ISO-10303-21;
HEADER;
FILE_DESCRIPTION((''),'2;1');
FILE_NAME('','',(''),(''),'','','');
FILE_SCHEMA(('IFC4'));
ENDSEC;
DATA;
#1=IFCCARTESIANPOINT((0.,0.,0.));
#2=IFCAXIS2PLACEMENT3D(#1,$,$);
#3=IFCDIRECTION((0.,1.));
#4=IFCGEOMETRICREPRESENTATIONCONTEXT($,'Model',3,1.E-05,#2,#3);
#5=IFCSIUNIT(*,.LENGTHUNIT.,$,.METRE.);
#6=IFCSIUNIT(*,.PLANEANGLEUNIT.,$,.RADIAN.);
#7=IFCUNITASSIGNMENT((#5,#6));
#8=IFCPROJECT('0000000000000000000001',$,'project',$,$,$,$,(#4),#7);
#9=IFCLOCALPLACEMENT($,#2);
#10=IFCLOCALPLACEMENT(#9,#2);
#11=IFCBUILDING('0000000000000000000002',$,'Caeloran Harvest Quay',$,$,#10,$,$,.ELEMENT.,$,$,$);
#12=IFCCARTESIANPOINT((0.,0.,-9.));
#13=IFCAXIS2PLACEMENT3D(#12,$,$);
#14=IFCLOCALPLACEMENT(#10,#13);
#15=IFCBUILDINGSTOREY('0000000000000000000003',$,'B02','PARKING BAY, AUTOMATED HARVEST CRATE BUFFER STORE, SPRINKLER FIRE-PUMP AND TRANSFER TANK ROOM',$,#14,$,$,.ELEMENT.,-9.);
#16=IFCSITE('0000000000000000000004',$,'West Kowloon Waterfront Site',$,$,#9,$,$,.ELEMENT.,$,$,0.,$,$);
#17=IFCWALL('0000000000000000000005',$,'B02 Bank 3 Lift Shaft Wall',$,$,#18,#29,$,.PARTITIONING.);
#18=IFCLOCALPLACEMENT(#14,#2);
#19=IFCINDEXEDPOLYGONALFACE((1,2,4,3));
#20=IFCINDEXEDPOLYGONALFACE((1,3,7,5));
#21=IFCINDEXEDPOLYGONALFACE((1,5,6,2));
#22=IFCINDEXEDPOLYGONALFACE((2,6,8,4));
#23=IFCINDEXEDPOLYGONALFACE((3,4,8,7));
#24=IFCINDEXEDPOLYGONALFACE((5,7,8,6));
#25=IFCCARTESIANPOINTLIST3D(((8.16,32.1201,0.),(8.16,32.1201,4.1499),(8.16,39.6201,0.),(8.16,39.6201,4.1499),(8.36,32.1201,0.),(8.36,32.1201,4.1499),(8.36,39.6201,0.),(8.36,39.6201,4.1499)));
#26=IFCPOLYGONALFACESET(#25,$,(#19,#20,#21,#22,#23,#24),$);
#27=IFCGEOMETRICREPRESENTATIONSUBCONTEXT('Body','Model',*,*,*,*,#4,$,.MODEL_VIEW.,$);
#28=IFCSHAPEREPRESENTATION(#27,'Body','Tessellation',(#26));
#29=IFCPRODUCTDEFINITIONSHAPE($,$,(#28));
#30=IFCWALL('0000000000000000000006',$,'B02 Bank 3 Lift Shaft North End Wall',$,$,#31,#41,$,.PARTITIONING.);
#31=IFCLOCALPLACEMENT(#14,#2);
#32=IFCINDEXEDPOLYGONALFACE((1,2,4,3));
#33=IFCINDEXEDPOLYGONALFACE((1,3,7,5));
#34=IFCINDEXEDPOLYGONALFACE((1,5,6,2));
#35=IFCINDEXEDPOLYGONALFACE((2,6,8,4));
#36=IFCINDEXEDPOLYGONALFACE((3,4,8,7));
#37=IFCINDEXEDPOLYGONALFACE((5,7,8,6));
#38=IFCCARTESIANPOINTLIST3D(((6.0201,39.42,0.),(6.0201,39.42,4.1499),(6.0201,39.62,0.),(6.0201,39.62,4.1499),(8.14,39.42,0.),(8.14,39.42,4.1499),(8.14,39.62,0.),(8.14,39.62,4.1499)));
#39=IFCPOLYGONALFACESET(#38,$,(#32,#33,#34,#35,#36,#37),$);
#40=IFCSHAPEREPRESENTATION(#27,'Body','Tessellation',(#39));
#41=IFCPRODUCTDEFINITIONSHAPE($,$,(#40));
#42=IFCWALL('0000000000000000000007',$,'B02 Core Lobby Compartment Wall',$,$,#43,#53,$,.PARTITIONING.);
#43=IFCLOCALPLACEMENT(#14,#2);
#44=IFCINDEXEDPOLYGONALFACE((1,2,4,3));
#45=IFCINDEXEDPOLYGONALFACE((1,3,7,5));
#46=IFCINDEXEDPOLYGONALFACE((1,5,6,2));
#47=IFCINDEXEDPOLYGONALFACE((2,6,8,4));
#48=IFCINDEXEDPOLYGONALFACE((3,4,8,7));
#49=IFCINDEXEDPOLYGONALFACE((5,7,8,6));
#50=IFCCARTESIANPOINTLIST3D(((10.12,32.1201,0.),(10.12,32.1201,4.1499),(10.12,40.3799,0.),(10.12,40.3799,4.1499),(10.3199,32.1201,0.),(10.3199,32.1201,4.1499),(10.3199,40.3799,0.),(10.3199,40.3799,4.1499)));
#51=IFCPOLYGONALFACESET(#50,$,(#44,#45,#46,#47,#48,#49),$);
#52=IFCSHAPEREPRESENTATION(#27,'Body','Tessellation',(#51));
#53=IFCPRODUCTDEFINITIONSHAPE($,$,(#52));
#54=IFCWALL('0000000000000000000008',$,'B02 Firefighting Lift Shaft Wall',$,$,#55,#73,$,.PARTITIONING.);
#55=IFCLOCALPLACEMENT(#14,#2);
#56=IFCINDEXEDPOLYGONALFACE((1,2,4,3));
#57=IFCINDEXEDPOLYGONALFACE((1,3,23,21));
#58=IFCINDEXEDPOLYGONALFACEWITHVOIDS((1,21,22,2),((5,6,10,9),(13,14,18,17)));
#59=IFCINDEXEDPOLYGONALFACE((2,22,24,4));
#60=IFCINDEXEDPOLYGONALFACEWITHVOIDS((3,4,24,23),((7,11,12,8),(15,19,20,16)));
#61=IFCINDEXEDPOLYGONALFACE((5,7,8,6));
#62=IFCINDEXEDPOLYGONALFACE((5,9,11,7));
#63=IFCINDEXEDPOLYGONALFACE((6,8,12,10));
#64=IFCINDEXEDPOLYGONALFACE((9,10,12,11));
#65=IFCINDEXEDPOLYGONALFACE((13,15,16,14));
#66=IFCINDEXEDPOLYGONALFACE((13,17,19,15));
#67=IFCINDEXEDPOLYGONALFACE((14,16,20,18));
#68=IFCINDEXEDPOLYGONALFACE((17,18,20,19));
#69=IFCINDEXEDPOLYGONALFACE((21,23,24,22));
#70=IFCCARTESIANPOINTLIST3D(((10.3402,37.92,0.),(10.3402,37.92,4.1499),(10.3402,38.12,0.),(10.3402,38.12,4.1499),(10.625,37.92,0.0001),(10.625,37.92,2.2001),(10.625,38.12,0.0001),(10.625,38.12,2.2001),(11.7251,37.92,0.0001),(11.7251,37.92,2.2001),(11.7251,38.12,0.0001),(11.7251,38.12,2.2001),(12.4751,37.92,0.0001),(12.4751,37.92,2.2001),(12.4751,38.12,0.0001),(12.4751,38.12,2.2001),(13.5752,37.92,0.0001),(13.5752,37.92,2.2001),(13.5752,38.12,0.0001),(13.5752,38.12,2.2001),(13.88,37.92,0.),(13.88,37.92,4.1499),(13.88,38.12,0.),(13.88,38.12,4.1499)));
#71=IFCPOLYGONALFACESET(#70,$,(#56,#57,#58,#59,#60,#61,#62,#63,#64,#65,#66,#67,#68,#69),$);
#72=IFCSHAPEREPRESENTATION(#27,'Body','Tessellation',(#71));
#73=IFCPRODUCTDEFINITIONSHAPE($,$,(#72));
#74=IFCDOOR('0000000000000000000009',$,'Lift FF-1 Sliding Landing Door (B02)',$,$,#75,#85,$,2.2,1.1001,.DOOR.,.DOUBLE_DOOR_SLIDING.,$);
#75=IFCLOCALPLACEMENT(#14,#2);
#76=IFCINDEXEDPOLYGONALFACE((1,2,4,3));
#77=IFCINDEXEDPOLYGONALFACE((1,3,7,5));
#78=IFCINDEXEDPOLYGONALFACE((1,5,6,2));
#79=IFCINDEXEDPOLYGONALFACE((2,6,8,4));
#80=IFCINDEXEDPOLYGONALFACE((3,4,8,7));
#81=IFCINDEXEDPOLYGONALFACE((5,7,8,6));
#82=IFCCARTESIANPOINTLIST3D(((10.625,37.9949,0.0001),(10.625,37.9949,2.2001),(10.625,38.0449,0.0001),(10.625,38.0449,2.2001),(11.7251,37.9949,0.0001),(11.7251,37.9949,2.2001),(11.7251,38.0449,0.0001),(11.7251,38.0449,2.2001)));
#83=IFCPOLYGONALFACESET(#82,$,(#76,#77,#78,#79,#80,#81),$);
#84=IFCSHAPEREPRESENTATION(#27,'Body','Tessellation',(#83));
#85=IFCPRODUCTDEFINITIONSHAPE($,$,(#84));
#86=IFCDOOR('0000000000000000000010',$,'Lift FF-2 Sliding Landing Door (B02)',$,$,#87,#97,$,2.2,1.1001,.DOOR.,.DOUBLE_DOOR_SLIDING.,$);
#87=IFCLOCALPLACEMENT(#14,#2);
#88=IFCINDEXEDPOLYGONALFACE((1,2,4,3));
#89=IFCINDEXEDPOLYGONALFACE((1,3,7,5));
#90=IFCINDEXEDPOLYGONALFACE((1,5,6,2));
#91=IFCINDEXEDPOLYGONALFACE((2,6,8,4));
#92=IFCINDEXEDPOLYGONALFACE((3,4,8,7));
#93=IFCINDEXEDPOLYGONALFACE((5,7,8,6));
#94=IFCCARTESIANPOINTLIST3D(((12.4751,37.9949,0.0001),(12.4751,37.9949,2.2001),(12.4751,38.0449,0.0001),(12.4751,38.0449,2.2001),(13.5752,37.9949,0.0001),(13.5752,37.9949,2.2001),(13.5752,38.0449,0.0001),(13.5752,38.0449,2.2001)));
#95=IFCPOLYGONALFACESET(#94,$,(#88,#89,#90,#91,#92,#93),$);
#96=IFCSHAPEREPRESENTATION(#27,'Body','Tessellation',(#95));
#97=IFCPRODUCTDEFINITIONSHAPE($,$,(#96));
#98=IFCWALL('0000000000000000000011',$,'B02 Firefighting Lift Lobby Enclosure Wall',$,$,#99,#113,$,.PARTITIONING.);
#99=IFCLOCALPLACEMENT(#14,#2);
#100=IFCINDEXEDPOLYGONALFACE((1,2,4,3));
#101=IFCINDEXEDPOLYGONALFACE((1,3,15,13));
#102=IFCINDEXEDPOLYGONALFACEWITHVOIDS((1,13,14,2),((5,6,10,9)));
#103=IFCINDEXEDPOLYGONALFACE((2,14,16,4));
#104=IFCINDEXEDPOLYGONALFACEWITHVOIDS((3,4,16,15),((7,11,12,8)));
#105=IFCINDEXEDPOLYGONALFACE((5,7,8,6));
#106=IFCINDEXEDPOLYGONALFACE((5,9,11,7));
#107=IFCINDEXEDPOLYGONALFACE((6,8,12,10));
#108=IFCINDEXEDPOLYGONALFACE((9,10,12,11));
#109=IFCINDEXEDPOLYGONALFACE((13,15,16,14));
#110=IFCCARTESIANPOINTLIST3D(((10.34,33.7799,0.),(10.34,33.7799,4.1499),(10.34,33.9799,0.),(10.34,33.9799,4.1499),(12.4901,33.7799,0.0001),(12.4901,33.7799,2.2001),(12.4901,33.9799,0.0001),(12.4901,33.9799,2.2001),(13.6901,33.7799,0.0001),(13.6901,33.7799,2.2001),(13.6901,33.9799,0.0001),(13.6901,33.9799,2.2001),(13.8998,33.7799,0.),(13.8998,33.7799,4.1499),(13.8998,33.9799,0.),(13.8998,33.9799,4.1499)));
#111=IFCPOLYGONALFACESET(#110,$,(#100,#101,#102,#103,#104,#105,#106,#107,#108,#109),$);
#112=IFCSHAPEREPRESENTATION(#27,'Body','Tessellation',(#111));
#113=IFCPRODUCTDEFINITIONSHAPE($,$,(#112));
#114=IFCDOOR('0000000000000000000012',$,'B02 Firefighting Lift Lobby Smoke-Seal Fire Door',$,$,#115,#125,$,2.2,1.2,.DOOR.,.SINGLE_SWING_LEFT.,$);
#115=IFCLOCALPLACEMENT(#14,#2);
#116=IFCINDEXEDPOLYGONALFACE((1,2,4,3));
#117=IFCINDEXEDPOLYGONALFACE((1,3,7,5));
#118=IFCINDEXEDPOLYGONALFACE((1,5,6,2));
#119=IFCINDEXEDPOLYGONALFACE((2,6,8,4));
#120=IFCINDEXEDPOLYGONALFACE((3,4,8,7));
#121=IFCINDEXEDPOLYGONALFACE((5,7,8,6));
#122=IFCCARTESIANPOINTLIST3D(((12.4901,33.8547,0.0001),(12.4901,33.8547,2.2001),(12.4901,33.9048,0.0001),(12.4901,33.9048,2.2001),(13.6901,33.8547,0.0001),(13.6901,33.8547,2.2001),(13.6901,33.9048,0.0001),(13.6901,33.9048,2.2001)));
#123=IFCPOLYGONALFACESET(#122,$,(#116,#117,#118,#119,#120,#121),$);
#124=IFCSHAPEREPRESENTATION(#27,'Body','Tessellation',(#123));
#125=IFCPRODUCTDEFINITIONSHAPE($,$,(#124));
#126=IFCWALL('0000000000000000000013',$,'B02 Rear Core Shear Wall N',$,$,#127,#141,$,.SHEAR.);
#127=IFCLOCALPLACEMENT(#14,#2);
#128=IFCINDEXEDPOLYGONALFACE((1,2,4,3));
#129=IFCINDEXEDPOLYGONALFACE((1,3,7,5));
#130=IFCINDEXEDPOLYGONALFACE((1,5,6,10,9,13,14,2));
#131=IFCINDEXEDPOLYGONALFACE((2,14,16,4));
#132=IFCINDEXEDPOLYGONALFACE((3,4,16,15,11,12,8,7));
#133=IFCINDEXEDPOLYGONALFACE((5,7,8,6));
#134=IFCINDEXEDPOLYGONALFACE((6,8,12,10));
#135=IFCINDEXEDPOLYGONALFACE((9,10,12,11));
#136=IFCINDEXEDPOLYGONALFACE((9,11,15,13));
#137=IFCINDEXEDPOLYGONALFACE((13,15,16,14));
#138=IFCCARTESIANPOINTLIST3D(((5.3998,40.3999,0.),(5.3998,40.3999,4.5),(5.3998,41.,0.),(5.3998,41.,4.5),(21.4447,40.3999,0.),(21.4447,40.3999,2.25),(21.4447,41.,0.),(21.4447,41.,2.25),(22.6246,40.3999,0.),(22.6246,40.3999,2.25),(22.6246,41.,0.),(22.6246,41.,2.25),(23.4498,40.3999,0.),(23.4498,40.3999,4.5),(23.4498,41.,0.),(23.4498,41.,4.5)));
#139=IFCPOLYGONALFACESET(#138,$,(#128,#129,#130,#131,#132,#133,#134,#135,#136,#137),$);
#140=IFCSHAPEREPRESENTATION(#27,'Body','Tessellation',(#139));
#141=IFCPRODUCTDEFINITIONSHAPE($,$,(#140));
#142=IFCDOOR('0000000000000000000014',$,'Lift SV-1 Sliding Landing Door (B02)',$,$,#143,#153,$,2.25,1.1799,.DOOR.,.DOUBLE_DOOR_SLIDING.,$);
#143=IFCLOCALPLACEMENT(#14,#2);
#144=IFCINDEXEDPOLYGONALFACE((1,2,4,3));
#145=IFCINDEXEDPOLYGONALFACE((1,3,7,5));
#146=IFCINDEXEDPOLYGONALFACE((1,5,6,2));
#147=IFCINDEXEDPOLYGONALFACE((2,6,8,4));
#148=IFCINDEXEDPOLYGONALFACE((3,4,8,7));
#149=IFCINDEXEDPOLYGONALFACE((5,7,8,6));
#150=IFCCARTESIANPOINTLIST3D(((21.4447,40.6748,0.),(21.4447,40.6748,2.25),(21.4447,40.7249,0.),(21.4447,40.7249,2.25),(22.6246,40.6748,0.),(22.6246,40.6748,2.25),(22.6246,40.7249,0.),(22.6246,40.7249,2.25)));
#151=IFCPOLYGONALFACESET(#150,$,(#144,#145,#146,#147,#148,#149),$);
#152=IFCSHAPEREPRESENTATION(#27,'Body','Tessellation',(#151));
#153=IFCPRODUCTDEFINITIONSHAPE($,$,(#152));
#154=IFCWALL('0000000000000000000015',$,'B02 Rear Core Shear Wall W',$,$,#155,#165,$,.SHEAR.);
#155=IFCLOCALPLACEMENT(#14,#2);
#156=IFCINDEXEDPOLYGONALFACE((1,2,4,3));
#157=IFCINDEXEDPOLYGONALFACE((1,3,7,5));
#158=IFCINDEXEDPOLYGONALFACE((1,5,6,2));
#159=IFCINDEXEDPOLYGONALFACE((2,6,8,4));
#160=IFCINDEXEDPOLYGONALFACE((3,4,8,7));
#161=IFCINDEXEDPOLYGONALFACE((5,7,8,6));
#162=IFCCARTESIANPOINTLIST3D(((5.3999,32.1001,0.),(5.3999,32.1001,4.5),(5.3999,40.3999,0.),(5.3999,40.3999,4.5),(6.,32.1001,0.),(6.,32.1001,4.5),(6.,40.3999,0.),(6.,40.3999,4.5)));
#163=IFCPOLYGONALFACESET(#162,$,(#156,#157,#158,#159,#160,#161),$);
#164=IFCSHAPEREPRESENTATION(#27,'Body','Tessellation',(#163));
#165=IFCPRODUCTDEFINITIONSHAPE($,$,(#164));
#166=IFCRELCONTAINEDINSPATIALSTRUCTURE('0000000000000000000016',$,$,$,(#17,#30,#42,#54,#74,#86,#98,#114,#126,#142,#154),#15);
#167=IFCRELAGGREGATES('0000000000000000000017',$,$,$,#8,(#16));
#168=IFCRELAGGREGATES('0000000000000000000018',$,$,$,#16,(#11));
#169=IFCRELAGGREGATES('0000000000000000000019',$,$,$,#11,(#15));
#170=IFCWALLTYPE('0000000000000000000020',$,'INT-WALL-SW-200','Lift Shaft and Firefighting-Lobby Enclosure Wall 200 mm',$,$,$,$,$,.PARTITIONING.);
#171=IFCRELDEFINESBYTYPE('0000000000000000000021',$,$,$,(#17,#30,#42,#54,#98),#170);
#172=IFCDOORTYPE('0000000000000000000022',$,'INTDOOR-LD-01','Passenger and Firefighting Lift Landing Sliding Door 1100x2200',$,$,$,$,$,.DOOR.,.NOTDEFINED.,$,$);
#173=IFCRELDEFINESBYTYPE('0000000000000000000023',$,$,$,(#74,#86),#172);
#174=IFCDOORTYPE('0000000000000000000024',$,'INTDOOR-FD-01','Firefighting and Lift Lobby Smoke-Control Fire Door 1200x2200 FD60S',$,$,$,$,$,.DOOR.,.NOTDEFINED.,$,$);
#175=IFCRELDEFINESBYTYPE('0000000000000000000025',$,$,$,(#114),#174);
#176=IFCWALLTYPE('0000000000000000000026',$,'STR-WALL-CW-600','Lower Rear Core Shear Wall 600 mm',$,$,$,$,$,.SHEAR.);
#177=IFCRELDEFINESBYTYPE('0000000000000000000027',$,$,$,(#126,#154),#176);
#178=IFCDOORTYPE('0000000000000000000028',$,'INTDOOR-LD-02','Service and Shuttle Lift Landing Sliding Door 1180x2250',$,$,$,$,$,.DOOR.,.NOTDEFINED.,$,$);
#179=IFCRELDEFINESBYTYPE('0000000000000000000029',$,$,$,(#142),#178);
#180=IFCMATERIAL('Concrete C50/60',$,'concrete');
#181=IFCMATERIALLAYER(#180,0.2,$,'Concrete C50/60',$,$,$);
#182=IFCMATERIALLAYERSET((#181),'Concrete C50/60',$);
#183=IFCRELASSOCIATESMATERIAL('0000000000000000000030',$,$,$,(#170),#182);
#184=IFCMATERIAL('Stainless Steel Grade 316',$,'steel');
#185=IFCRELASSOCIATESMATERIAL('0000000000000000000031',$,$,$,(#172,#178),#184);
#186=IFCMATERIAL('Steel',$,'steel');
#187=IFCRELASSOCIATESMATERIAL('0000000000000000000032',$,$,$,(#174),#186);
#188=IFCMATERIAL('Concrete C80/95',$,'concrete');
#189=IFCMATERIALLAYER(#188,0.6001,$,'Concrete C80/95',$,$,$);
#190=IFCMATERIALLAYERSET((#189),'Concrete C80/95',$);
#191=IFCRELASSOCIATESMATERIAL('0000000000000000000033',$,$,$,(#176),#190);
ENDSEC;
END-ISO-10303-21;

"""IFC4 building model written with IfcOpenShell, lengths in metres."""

from ifc_helpers import new_model, si_unit, direction, frame, frame_2d, origin, place, context, subcontext, project, spatial, rectangle, extrude, material, layer, layer_set, type_object, element, fill, save


model = new_model("IFC4")

# Units and contexts
model_context = context("Model", 3, precision=1e-05, world=origin(), true_north=direction((0.0, 1.0)))
body_context = subcontext(model_context, "Body", "Model", "MODEL_VIEW")
ifc_project = project(units=[si_unit("LENGTHUNIT", "METRE"), si_unit("PLANEANGLEUNIT", "RADIAN")], contexts=[model_context])

# Site, building, storey
site_placement = place(None, origin())
site = spatial("IfcSite", under=ifc_project, at=site_placement, Name="West Kowloon Waterfront Site", CompositionType="ELEMENT", RefElevation=0.0)
building_placement = place(site_placement, origin())
building = spatial("IfcBuilding", under=site, at=building_placement, Name="Caeloran Harvest Quay", CompositionType="ELEMENT")
storey_placement = place(building_placement, frame((0.0, 0.0, -9.0)))
storey = spatial("IfcBuildingStorey", under=building, at=storey_placement, Name="B02", Description="PARKING BAY, AUTOMATED HARVEST CRATE BUFFER STORE, SPRINKLER FIRE-PUMP AND TRANSFER TANK ROOM", CompositionType="ELEMENT", Elevation=-9.0)

# Walls
ifc_material_1 = material(Name="Concrete C50/60", Category="concrete")
ifc_layer_1 = layer(ifc_material_1, 0.2, Name="Concrete C50/60")
ifc_layer_set_1 = layer_set([ifc_layer_1], Name="Concrete C50/60")
wall_type_1 = type_object("IfcWallType", Name="INT-WALL-SW-200", Description="Lift Shaft and Firefighting-Lobby Enclosure Wall 200 mm", PredefinedType="PARTITIONING", material=ifc_layer_set_1)
wall_1_placement = place(storey_placement, frame((8.26, 32.1201, 0.0), z_axis=(0.0, 0.0, 1.0), x_axis=(0.0, 1.0, 0.0)))
element("IfcWall", 1, at=wall_1_placement, inside=storey, type_object=wall_type_1, Name="B02 Bank 3 Lift Shaft Wall", PredefinedType="PARTITIONING", context=body_context, shape_type="SweptSolid", body=[
    extrude(rectangle(XDim=7.5, YDim=0.2, at=frame_2d((3.75, 0.0))), origin(), (0.0, 0.0, 1.0), 4.1499),
])
wall_2_placement = place(storey_placement, frame((6.02, 39.52, 0.0), z_axis=(0.0, 0.0, 1.0), x_axis=(1.0, 0.0, 0.0)))
element("IfcWall", 2, at=wall_2_placement, inside=storey, type_object=wall_type_1, Name="B02 Bank 3 Lift Shaft North End Wall", PredefinedType="PARTITIONING", context=body_context, shape_type="SweptSolid", body=[
    extrude(rectangle(XDim=2.1199, YDim=0.2, at=frame_2d((1.0601, 0.0))), origin(), (0.0, 0.0, 1.0), 4.1499),
])
wall_3_placement = place(storey_placement, frame((10.22, 32.1201, 0.0), z_axis=(0.0, 0.0, 1.0), x_axis=(0.0, 1.0, 0.0)))
element("IfcWall", 3, at=wall_3_placement, inside=storey, type_object=wall_type_1, Name="B02 Core Lobby Compartment Wall", PredefinedType="PARTITIONING", context=body_context, shape_type="SweptSolid", body=[
    extrude(rectangle(XDim=8.2598, YDim=0.2, at=frame_2d((4.1299, 0.0))), origin(), (0.0, 0.0, 1.0), 4.1499),
])

# Wall, openings, doors
wall_4_placement = place(storey_placement, frame((10.3401, 38.02, 0.0), z_axis=(0.0, 0.0, 1.0), x_axis=(1.0, 0.0, 0.0)))
wall_4 = element("IfcWall", 4, at=wall_4_placement, inside=storey, type_object=wall_type_1, Name="B02 Firefighting Lift Shaft Wall", PredefinedType="PARTITIONING", context=body_context, shape_type="SweptSolid", body=[
    extrude(rectangle(XDim=3.5398, YDim=0.2, at=frame_2d((1.77, 0.0))), origin(), (0.0, 0.0, 1.0), 4.1499),
])
opening_1_placement = place(wall_4_placement, frame((0.2849, 0.0, 0.0)))
opening_1 = element("IfcOpeningElement", 5, at=opening_1_placement, cuts=wall_4, PredefinedType="OPENING", context=body_context, shape_type="SweptSolid", body=[
    extrude(rectangle(XDim=1.1001, YDim=2.2, at=frame_2d((0.55, 1.1001))), frame((0.0, 0.1099, 0.0), z_axis=(0.0, -1.0, 0.0), x_axis=(1.0, 0.0, 0.0)), (0.0, 0.0, 1.0), 0.22),
])
opening_2_placement = place(wall_4_placement, frame((2.135, 0.0, 0.0)))
opening_2 = element("IfcOpeningElement", 6, at=opening_2_placement, cuts=wall_4, PredefinedType="OPENING", context=body_context, shape_type="SweptSolid", body=[
    extrude(rectangle(XDim=1.1001, YDim=2.2, at=frame_2d((0.55, 1.1001))), frame((0.0, 0.1099, 0.0), z_axis=(0.0, -1.0, 0.0), x_axis=(1.0, 0.0, 0.0)), (0.0, 0.0, 1.0), 0.22),
])
ifc_material_2 = material(Name="Stainless Steel Grade 316", Category="steel")
door_type_1 = type_object("IfcDoorType", Name="INTDOOR-LD-01", Description="Passenger and Firefighting Lift Landing Sliding Door 1100x2200", OperationType="NOTDEFINED", PredefinedType="DOOR", material=ifc_material_2)
door_1_placement = place(opening_1_placement, origin())
door_1 = element("IfcDoor", 7, at=door_1_placement, inside=storey, type_object=door_type_1, Name="Lift FF-1 Sliding Landing Door (B02)", OperationType="DOUBLE_DOOR_SLIDING", OverallHeight=2.2, OverallWidth=1.1001, PredefinedType="DOOR", context=body_context, shape_type="SweptSolid", body=[
    extrude(rectangle(XDim=1.1001, YDim=2.2, at=frame_2d((0.55, 1.1001))), frame((0.0, 0.0249, 0.0), z_axis=(0.0, -1.0, 0.0), x_axis=(1.0, 0.0, 0.0)), (0.0, 0.0, 1.0), 0.05),
])
fill(opening_1, door_1)
door_2_placement = place(opening_2_placement, origin())
door_2 = element("IfcDoor", 8, at=door_2_placement, inside=storey, type_object=door_type_1, Name="Lift FF-2 Sliding Landing Door (B02)", OperationType="DOUBLE_DOOR_SLIDING", OverallHeight=2.2, OverallWidth=1.1001, PredefinedType="DOOR", context=body_context, shape_type="SweptSolid", body=[
    extrude(rectangle(XDim=1.1001, YDim=2.2, at=frame_2d((0.55, 1.1001))), frame((0.0, 0.0249, 0.0), z_axis=(0.0, -1.0, 0.0), x_axis=(1.0, 0.0, 0.0)), (0.0, 0.0, 1.0), 0.05),
])
fill(opening_2, door_2)

# Walls, openings, doors
wall_5_placement = place(storey_placement, frame((10.3401, 33.8799, 0.0), z_axis=(0.0, 0.0, 1.0), x_axis=(1.0, 0.0, 0.0)))
wall_5 = element("IfcWall", 9, at=wall_5_placement, inside=storey, type_object=wall_type_1, Name="B02 Firefighting Lift Lobby Enclosure Wall", PredefinedType="PARTITIONING", context=body_context, shape_type="SweptSolid", body=[
    extrude(rectangle(XDim=3.5598, YDim=0.2, at=frame_2d((1.7798, 0.0))), origin(), (0.0, 0.0, 1.0), 4.1499),
])
opening_3_placement = place(wall_5_placement, frame((2.1499, 0.0, 0.0)))
opening_3 = element("IfcOpeningElement", 10, at=opening_3_placement, cuts=wall_5, PredefinedType="OPENING", context=body_context, shape_type="SweptSolid", body=[
    extrude(rectangle(XDim=1.2, YDim=2.2, at=frame_2d((0.6001, 1.1001))), frame((0.0, 0.1099, 0.0), z_axis=(0.0, -1.0, 0.0), x_axis=(1.0, 0.0, 0.0)), (0.0, 0.0, 1.0), 0.22),
])
ifc_material_3 = material(Name="Steel", Category="steel")
door_type_2 = type_object("IfcDoorType", Name="INTDOOR-FD-01", Description="Firefighting and Lift Lobby Smoke-Control Fire Door 1200x2200 FD60S", OperationType="NOTDEFINED", PredefinedType="DOOR", material=ifc_material_3)
door_3_placement = place(opening_3_placement, origin())
door_3 = element("IfcDoor", 11, at=door_3_placement, inside=storey, type_object=door_type_2, Name="B02 Firefighting Lift Lobby Smoke-Seal Fire Door", OperationType="SINGLE_SWING_LEFT", OverallHeight=2.2, OverallWidth=1.2, PredefinedType="DOOR", context=body_context, shape_type="SweptSolid", body=[
    extrude(rectangle(XDim=1.2, YDim=2.2, at=frame_2d((0.6001, 1.1001))), frame((0.0, 0.0249, 0.0), z_axis=(0.0, -1.0, 0.0), x_axis=(1.0, 0.0, 0.0)), (0.0, 0.0, 1.0), 0.05),
])
fill(opening_3, door_3)
ifc_material_4 = material(Name="Concrete C80/95", Category="concrete")
ifc_layer_2 = layer(ifc_material_4, 0.6001, Name="Concrete C80/95")
ifc_layer_set_2 = layer_set([ifc_layer_2], Name="Concrete C80/95")
wall_type_2 = type_object("IfcWallType", Name="STR-WALL-CW-600", Description="Lower Rear Core Shear Wall 600 mm", PredefinedType="SHEAR", material=ifc_layer_set_2)
wall_6_placement = place(storey_placement, frame((5.3999, 40.7, 0.0), z_axis=(0.0, 0.0, 1.0), x_axis=(1.0, 0.0, 0.0)))
wall_6 = element("IfcWall", 12, at=wall_6_placement, inside=storey, type_object=wall_type_2, Name="B02 Rear Core Shear Wall N", PredefinedType="SHEAR", context=body_context, shape_type="SweptSolid", body=[
    extrude(rectangle(XDim=18.05, YDim=0.6001, at=frame_2d((9.0249, 0.0))), origin(), (0.0, 0.0, 1.0), 4.5),
])
opening_4_placement = place(wall_6_placement, frame((16.0449, 0.0, 0.0)))
opening_4 = element("IfcOpeningElement", 13, at=opening_4_placement, cuts=wall_6, PredefinedType="OPENING", context=body_context, shape_type="SweptSolid", body=[
    extrude(rectangle(XDim=1.1799, YDim=2.25, at=frame_2d((0.5898, 1.125))), frame((0.0, 0.3101, 0.0), z_axis=(0.0, -1.0, 0.0), x_axis=(1.0, 0.0, 0.0)), (0.0, 0.0, 1.0), 0.6201),
])
door_type_3 = type_object("IfcDoorType", Name="INTDOOR-LD-02", Description="Service and Shuttle Lift Landing Sliding Door 1180x2250", OperationType="NOTDEFINED", PredefinedType="DOOR", material=ifc_material_2)
door_4_placement = place(opening_4_placement, origin())
door_4 = element("IfcDoor", 14, at=door_4_placement, inside=storey, type_object=door_type_3, Name="Lift SV-1 Sliding Landing Door (B02)", OperationType="DOUBLE_DOOR_SLIDING", OverallHeight=2.25, OverallWidth=1.1799, PredefinedType="DOOR", context=body_context, shape_type="SweptSolid", body=[
    extrude(rectangle(XDim=1.1799, YDim=2.25, at=frame_2d((0.5898, 1.125))), frame((0.0, 0.0249, 0.0), z_axis=(0.0, -1.0, 0.0), x_axis=(1.0, 0.0, 0.0)), (0.0, 0.0, 1.0), 0.05),
])
fill(opening_4, door_4)

# Wall
wall_7_placement = place(storey_placement, frame((5.7, 32.1001, 0.0), z_axis=(0.0, 0.0, 1.0), x_axis=(0.0, 1.0, 0.0)))
element("IfcWall", 15, at=wall_7_placement, inside=storey, type_object=wall_type_2, Name="B02 Rear Core Shear Wall W", PredefinedType="SHEAR", context=body_context, shape_type="SweptSolid", body=[
    extrude(rectangle(XDim=8.2998, YDim=0.6001, at=frame_2d((4.1499, 0.0))), origin(), (0.0, 0.0, 1.0), 4.5),
])

save(model, "model.ifc")
